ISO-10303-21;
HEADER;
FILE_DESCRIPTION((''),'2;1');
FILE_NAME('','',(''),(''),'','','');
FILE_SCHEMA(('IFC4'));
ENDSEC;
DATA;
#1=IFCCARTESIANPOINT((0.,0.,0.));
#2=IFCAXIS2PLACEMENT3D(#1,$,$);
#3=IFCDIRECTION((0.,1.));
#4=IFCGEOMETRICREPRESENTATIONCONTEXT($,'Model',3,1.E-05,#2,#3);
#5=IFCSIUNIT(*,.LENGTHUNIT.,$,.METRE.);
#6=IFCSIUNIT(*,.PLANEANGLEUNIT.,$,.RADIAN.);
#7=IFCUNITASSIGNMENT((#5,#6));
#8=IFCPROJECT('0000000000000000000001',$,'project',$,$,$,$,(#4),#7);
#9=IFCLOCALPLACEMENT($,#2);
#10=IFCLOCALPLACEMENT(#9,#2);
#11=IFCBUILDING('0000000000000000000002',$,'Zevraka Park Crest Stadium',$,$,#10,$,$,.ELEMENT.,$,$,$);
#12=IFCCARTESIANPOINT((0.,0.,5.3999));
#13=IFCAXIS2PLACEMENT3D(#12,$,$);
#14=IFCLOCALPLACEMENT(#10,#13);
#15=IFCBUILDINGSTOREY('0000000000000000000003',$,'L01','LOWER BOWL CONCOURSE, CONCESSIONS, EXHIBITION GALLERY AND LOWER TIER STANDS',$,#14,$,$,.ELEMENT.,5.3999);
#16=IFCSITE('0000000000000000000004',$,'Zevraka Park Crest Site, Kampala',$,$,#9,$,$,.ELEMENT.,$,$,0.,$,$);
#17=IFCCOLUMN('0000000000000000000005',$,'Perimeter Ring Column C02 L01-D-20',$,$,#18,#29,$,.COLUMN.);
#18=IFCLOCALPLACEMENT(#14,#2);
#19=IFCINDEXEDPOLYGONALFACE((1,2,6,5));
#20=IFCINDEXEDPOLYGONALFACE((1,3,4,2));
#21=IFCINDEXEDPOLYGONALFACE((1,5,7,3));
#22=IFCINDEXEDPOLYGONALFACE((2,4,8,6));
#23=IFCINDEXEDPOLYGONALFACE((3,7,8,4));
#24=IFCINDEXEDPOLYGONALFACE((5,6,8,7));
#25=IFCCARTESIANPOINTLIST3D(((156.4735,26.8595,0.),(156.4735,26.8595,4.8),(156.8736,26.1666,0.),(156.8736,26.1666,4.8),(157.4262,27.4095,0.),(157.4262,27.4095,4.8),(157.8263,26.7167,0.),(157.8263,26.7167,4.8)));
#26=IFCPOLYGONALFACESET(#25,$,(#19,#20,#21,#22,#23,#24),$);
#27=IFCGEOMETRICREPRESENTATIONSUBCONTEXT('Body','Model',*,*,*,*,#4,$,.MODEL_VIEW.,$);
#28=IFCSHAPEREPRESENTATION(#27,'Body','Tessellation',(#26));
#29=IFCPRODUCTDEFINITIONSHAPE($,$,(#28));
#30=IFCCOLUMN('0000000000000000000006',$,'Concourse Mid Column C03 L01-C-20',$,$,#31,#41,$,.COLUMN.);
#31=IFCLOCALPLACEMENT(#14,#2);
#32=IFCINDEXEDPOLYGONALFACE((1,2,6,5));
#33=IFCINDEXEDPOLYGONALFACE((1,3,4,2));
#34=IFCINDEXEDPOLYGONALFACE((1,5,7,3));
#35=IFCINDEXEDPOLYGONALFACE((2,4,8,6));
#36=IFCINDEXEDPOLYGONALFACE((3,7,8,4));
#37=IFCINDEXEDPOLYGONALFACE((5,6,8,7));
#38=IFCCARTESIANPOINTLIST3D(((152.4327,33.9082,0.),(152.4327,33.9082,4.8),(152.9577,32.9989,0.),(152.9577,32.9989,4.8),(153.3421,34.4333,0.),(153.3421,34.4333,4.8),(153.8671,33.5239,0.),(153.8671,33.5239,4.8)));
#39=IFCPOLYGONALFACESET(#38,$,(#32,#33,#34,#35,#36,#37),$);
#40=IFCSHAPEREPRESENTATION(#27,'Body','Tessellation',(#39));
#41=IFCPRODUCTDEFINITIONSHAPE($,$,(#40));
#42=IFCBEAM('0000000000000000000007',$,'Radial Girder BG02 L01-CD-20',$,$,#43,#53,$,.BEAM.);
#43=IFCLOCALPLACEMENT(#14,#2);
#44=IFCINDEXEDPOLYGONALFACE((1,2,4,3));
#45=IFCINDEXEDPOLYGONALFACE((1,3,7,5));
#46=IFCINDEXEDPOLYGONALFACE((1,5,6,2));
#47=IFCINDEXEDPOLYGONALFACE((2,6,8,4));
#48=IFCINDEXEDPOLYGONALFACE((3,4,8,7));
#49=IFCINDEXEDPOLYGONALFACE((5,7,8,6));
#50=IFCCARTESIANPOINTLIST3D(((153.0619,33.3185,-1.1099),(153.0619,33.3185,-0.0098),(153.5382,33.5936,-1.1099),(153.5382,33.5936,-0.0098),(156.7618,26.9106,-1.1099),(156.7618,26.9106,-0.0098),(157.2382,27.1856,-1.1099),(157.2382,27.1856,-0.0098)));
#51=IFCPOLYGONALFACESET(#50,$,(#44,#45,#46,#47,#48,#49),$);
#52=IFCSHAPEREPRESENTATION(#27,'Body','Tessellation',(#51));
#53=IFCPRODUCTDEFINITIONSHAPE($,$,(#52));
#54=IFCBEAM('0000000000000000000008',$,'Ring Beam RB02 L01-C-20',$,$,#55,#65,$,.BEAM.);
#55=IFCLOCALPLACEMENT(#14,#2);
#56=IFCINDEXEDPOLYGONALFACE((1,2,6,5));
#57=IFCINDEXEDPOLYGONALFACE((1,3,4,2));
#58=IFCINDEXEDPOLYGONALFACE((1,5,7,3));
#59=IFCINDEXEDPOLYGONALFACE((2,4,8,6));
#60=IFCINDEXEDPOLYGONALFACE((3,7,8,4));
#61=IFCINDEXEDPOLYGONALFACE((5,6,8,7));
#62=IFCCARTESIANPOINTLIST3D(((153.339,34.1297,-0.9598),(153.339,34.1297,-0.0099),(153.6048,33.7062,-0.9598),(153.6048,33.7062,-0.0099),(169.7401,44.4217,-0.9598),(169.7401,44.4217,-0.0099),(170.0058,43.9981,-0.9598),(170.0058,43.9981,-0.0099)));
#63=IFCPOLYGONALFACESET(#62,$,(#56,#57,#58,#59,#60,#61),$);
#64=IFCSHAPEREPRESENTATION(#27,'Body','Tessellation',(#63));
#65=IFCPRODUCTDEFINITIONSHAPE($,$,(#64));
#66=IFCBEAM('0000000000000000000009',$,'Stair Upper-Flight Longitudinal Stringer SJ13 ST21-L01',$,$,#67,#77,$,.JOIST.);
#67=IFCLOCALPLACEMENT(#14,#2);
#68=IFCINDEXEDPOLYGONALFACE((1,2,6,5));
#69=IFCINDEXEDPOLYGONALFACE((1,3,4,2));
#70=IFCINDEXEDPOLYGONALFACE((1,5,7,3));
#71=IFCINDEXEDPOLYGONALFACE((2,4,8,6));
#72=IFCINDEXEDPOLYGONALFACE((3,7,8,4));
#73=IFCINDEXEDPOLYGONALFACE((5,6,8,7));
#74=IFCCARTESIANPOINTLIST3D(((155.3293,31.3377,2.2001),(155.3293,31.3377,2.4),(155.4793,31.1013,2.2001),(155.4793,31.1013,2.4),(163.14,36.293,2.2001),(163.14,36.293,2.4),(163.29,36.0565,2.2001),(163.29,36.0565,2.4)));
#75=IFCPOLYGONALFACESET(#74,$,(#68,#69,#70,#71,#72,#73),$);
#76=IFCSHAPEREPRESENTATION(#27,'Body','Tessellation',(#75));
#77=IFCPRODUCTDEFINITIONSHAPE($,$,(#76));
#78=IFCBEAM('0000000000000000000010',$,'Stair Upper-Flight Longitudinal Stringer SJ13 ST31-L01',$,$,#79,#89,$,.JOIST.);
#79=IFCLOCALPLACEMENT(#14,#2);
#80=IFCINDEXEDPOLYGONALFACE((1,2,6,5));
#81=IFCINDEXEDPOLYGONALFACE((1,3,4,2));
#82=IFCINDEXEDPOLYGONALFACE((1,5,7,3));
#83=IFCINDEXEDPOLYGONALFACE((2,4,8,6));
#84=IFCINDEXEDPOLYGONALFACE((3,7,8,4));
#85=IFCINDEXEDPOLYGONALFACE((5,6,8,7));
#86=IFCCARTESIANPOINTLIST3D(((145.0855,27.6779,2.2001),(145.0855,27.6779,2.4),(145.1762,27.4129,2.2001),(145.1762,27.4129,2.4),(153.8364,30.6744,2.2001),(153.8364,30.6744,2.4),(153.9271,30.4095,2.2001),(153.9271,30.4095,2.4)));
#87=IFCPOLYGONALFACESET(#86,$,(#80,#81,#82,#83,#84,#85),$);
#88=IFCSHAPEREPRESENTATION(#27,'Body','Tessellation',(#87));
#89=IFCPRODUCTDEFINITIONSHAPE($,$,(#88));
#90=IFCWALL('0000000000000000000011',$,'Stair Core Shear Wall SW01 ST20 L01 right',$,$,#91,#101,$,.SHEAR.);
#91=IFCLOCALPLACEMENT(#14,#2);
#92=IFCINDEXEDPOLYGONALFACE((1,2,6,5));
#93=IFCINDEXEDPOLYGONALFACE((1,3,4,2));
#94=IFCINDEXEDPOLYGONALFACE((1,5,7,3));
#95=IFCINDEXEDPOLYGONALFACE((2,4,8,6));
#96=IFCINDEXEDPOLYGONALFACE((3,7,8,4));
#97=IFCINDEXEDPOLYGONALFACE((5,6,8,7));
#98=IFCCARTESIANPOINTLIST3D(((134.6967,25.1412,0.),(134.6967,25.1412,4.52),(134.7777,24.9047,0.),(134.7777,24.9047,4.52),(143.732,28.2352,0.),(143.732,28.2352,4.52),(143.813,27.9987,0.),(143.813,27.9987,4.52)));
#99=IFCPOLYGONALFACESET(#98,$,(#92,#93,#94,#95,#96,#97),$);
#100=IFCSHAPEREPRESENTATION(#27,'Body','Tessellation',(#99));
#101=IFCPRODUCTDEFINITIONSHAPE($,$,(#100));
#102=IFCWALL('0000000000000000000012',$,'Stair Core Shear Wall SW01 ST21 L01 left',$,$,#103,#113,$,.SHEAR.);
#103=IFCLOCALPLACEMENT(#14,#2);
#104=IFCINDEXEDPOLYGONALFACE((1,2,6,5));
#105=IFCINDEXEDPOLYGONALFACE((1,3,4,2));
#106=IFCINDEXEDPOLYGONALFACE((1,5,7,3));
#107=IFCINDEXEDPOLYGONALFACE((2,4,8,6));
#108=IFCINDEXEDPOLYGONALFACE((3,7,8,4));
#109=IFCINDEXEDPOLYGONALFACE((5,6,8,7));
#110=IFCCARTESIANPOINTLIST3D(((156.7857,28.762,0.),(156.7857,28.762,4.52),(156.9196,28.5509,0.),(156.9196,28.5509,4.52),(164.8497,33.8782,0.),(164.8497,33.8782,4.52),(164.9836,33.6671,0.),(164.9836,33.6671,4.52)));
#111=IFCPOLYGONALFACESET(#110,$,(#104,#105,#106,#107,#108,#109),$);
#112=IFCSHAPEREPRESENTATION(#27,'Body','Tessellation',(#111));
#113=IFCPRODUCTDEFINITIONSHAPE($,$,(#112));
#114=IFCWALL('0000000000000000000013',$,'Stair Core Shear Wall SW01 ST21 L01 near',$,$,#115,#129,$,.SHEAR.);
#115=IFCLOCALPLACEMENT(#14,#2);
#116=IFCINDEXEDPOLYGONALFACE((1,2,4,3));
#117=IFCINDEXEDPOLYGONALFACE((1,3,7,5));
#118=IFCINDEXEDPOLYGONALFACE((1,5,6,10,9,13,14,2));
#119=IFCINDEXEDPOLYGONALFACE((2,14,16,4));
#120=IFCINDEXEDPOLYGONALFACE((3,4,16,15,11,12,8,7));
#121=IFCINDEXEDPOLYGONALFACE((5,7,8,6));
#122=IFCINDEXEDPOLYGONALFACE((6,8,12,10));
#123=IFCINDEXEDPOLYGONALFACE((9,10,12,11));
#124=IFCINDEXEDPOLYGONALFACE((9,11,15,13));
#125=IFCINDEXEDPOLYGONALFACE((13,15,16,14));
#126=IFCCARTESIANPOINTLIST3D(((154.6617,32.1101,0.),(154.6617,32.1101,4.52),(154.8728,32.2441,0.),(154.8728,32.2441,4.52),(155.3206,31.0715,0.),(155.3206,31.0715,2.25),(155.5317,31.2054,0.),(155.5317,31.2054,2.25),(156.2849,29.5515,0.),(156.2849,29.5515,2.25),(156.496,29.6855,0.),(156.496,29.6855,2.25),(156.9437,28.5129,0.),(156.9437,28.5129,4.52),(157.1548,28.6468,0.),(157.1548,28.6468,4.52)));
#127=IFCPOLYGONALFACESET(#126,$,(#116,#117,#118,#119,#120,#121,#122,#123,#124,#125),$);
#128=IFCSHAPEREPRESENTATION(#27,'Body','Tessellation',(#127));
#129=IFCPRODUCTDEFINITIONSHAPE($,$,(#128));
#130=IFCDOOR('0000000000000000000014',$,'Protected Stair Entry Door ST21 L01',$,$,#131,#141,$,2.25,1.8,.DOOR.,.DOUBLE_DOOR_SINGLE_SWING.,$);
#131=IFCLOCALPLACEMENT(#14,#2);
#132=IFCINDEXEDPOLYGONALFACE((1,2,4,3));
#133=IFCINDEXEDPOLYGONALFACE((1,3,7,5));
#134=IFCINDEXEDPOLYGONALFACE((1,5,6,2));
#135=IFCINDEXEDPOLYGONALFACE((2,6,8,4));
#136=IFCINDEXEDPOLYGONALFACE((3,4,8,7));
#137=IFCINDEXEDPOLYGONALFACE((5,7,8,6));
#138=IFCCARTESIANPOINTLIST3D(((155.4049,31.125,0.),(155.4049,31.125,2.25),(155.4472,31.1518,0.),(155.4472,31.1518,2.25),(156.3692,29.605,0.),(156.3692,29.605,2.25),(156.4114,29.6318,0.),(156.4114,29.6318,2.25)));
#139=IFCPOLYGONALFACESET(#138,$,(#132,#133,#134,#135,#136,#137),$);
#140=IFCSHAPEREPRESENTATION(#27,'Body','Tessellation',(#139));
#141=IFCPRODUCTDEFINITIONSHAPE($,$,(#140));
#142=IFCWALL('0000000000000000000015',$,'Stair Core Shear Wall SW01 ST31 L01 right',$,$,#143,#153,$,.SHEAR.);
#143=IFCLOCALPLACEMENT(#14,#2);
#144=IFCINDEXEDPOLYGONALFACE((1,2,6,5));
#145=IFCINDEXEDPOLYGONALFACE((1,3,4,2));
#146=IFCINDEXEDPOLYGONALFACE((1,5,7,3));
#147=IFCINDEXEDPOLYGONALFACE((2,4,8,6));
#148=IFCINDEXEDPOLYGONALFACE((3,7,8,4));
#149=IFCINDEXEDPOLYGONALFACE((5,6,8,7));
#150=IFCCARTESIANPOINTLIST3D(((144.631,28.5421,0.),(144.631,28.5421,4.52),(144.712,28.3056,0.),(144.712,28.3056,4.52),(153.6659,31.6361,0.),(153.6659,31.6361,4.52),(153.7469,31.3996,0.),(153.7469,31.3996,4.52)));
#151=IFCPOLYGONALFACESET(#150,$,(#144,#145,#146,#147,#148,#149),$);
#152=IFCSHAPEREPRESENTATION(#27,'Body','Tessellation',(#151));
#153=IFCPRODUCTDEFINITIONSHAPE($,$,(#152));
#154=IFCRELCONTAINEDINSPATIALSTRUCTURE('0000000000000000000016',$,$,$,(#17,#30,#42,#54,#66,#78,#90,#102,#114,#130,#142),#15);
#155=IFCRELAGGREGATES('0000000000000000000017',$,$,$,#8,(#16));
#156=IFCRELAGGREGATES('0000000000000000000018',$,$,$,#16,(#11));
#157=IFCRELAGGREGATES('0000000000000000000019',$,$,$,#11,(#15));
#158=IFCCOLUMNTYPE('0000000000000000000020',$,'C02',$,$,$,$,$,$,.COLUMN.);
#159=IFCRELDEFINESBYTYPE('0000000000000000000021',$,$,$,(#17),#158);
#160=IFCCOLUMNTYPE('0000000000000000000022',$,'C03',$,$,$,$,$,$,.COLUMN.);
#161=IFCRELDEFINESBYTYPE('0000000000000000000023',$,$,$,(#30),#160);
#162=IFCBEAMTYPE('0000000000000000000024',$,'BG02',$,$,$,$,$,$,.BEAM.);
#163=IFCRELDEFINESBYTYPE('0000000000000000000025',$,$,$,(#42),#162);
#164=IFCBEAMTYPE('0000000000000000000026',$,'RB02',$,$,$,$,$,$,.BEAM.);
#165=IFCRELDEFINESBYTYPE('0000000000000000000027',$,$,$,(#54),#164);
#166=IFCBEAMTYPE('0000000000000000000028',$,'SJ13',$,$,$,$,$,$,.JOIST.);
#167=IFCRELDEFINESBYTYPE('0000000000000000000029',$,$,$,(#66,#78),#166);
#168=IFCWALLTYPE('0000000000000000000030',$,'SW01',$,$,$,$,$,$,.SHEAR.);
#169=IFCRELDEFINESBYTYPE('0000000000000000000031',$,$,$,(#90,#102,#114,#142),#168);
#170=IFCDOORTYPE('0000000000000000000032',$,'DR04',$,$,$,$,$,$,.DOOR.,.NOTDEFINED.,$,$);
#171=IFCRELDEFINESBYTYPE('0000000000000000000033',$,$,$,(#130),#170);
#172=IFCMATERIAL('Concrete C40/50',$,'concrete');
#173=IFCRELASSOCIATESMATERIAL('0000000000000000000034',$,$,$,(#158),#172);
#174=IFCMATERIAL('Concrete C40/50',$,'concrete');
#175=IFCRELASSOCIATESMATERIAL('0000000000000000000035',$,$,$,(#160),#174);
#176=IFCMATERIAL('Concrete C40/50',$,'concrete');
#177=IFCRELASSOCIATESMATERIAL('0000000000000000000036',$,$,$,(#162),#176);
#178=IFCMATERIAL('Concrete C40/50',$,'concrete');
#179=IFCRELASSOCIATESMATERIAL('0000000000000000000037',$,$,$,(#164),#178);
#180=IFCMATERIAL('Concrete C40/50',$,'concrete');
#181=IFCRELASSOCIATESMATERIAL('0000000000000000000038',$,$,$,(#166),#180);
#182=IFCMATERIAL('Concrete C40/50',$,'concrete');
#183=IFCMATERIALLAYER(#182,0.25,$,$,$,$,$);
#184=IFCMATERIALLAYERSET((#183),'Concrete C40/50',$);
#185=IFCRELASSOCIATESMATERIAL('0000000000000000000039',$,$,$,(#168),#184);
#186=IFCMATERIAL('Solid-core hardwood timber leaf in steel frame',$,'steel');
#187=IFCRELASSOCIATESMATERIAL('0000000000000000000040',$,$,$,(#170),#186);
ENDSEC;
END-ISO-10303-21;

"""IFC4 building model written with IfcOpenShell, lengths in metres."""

from ifc_helpers import new_model, si_unit, direction, frame, frame_2d, origin, origin_2d, place, context, subcontext, project, spatial, rectangle, extrude, material, layer, layer_set, material_profile, profile_set, type_object, element, fill, save


model = new_model("IFC4")

# Units and contexts
model_context = context("Model", 3, precision=1e-05, world=origin(), true_north=direction((0.0, 1.0)))
body_context = subcontext(model_context, "Body", "Model", "MODEL_VIEW")
ifc_project = project(units=[si_unit("LENGTHUNIT", "METRE"), si_unit("PLANEANGLEUNIT", "RADIAN")], contexts=[model_context])

# Site, building, storey
site_placement = place(None, origin())
site = spatial("IfcSite", under=ifc_project, at=site_placement, Name="Zevraka Park Crest Site, Kampala", CompositionType="ELEMENT", RefElevation=0.0)
building_placement = place(site_placement, origin())
building = spatial("IfcBuilding", under=site, at=building_placement, Name="Zevraka Park Crest Stadium", CompositionType="ELEMENT")
storey_placement = place(building_placement, frame((0.0, 0.0, 5.3999)))
storey = spatial("IfcBuildingStorey", under=building, at=storey_placement, Name="L01", Description="LOWER BOWL CONCOURSE, CONCESSIONS, EXHIBITION GALLERY AND LOWER TIER STANDS", CompositionType="ELEMENT", Elevation=5.3999)

# Columns
ifc_material_1 = material(Name="Concrete C40/50", Category="concrete")
ifc_material_profile_1 = material_profile(ifc_material_1, rectangle(XDim=0.8, YDim=1.1001, at=origin_2d()), Name="RC 1100x800")
ifc_profile_set_1 = profile_set([ifc_material_profile_1], Name="Concrete C40/50")
column_type_1 = type_object("IfcColumnType", Name="C02", PredefinedType="COLUMN", material=ifc_profile_set_1)
column_1_placement = place(storey_placement, frame((157.1499, 26.7881, 0.0), z_axis=(0.0, 0.0, 1.0), x_axis=(-0.5, 0.866025, 0.0)))
element("IfcColumn", 1, at=column_1_placement, inside=storey, type_object=column_type_1, Name="Perimeter Ring Column C02 L01-D-20", PredefinedType="COLUMN", context=body_context, shape_type="SweptSolid", body=[
    extrude(rectangle(XDim=0.8, YDim=1.1001, at=origin_2d()), origin(), (0.0, 0.0, 1.0), 4.8),
])
ifc_material_2 = material(Name="Concrete C40/50", Category="concrete")
ifc_material_profile_2 = material_profile(ifc_material_2, rectangle(XDim=1.05, YDim=1.05, at=origin_2d()), Name="RC 1050x1050")
ifc_profile_set_2 = profile_set([ifc_material_profile_2], Name="Concrete C40/50")
column_type_2 = type_object("IfcColumnType", Name="C03", PredefinedType="COLUMN", material=ifc_profile_set_2)
column_2_placement = place(storey_placement, frame((153.1499, 33.7161, 0.0), z_axis=(0.0, 0.0, 1.0), x_axis=(-0.5, 0.866025, 0.0)))
element("IfcColumn", 2, at=column_2_placement, inside=storey, type_object=column_type_2, Name="Concourse Mid Column C03 L01-C-20", PredefinedType="COLUMN", context=body_context, shape_type="SweptSolid", body=[
    extrude(rectangle(XDim=1.05, YDim=1.05, at=origin_2d()), origin(), (0.0, 0.0, 1.0), 4.8),
])

# Beams
ifc_material_3 = material(Name="Concrete C40/50", Category="concrete")
ifc_material_profile_3 = material_profile(ifc_material_3, rectangle(XDim=0.55, YDim=1.1001, at=origin_2d()), Name="RC 1100x550")
ifc_profile_set_3 = profile_set([ifc_material_profile_3], Name="Concrete C40/50")
beam_type_1 = type_object("IfcBeamType", Name="BG02", PredefinedType="BEAM", material=ifc_profile_set_3)
beam_1_placement = place(storey_placement, frame((153.3, 33.4561, -0.5598), z_axis=(0.500032, -0.866007, 0.0), x_axis=(0.866007, 0.500032, 0.0)))
element("IfcBeam", 3, at=beam_1_placement, inside=storey, type_object=beam_type_1, Name="Radial Girder BG02 L01-CD-20", PredefinedType="BEAM", context=body_context, shape_type="SweptSolid", body=[
    extrude(rectangle(XDim=0.55, YDim=1.1001, at=origin_2d()), origin(), (0.0, 0.0, 1.0), 7.3994),
])
ifc_material_4 = material(Name="Concrete C40/50", Category="concrete")
ifc_material_profile_4 = material_profile(ifc_material_4, rectangle(XDim=0.5, YDim=0.95, at=origin_2d()), Name="RC 950x500")
ifc_profile_set_4 = profile_set([ifc_material_profile_4], Name="Concrete C40/50")
beam_type_2 = type_object("IfcBeamType", Name="RB02", PredefinedType="BEAM", material=ifc_profile_set_4)
beam_2_placement = place(storey_placement, frame((153.4719, 33.918, -0.4849), z_axis=(0.847039, 0.531532, 0.0), x_axis=(-0.531532, 0.847039, 0.0)))
element("IfcBeam", 4, at=beam_2_placement, inside=storey, type_object=beam_type_2, Name="Ring Beam RB02 L01-C-20", PredefinedType="BEAM", context=body_context, shape_type="SweptSolid", body=[
    extrude(rectangle(XDim=0.5, YDim=0.95, at=origin_2d()), origin(), (0.0, 0.0, 1.0), 19.3628),
])
ifc_material_5 = material(Name="Concrete C40/50", Category="concrete")
ifc_material_profile_5 = material_profile(ifc_material_5, rectangle(XDim=0.28, YDim=0.2, at=origin_2d()), Name="RC 200x280")
ifc_profile_set_5 = profile_set([ifc_material_profile_5], Name="Concrete C40/50")
beam_type_3 = type_object("IfcBeamType", Name="SJ13", PredefinedType="JOIST", material=ifc_profile_set_5)
beam_3_placement = place(storey_placement, frame((155.4043, 31.2195, 2.3), z_axis=(0.844404, 0.535707, 0.0), x_axis=(-0.535707, 0.844404, 0.0)))
element("IfcBeam", 5, at=beam_3_placement, inside=storey, type_object=beam_type_3, Name="Stair Upper-Flight Longitudinal Stringer SJ13 ST21-L01", PredefinedType="JOIST", context=body_context, shape_type="SweptSolid", body=[
    extrude(rectangle(XDim=0.28, YDim=0.2, at=origin_2d()), origin(), (0.0, 0.0, 1.0), 9.25),
])
beam_4_placement = place(storey_placement, frame((145.1309, 27.5454, 2.3), z_axis=(0.94607, 0.323961, 0.0), x_axis=(-0.323961, 0.94607, 0.0)))
element("IfcBeam", 6, at=beam_4_placement, inside=storey, type_object=beam_type_3, Name="Stair Upper-Flight Longitudinal Stringer SJ13 ST31-L01", PredefinedType="JOIST", context=body_context, shape_type="SweptSolid", body=[
    extrude(rectangle(XDim=0.28, YDim=0.2, at=origin_2d()), origin(), (0.0, 0.0, 1.0), 9.2498),
])

# Walls
ifc_material_6 = material(Name="Concrete C40/50", Category="concrete")
ifc_layer = layer(ifc_material_6, 0.25)
ifc_layer_set = layer_set([ifc_layer], Name="Concrete C40/50")
wall_type = type_object("IfcWallType", Name="SW01", PredefinedType="SHEAR", material=ifc_layer_set)
wall_1_placement = place(storey_placement, frame((143.7725, 28.1169, 0.0), z_axis=(0.0, 0.0, 1.0), x_axis=(-0.946067, -0.323971, 0.0)))
element("IfcWall", 7, at=wall_1_placement, inside=storey, type_object=wall_type, Name="Stair Core Shear Wall SW01 ST20 L01 right", PredefinedType="SHEAR", context=body_context, shape_type="SweptSolid", body=[
    extrude(rectangle(XDim=9.5503, YDim=0.25, at=frame_2d((4.7751, 0.0))), origin(), (0.0, 0.0, 1.0), 4.52),
])
wall_2_placement = place(storey_placement, frame((156.8528, 28.6565, 0.0), z_axis=(0.0, 0.0, 1.0), x_axis=(0.844391, 0.535727, 0.0)))
element("IfcWall", 8, at=wall_2_placement, inside=storey, type_object=wall_type, Name="Stair Core Shear Wall SW01 ST21 L01 left", PredefinedType="SHEAR", context=body_context, shape_type="SweptSolid", body=[
    extrude(rectangle(XDim=9.55, YDim=0.25, at=frame_2d((4.7749, 0.0))), origin(), (0.0, 0.0, 1.0), 4.52),
])

# Wall, opening, door
wall_3_placement = place(storey_placement, frame((154.7673, 32.177, 0.0), z_axis=(0.0, 0.0, 1.0), x_axis=(0.535685, -0.844418, 0.0)))
wall_3 = element("IfcWall", 9, at=wall_3_placement, inside=storey, type_object=wall_type, Name="Stair Core Shear Wall SW01 ST21 L01 near", PredefinedType="SHEAR", context=body_context, shape_type="SweptSolid", body=[
    extrude(rectangle(XDim=4.26, YDim=0.25, at=frame_2d((2.1299, 0.0))), origin(), (0.0, 0.0, 1.0), 4.52),
])
opening_1_placement = place(wall_3_placement, frame((1.23, 0.0, 0.0)))
opening_1 = element("IfcOpeningElement", 10, at=opening_1_placement, cuts=wall_3, PredefinedType="OPENING", context=body_context, shape_type="SweptSolid", body=[
    extrude(rectangle(XDim=1.8, YDim=2.25, at=frame_2d((0.8999, 1.125))), frame((0.0, 0.135, 0.0), z_axis=(0.0, -1.0, 0.0), x_axis=(1.0, 0.0, 0.0)), (0.0, 0.0, 1.0), 0.27),
])
ifc_material_7 = material(Name="Solid-core hardwood timber leaf in steel frame", Category="steel")
door_type = type_object("IfcDoorType", Name="DR04", OperationType="NOTDEFINED", PredefinedType="DOOR", material=ifc_material_7)
door_1_placement = place(opening_1_placement, origin())
door_1 = element("IfcDoor", 11, at=door_1_placement, inside=storey, type_object=door_type, Name="Protected Stair Entry Door ST21 L01", OperationType="DOUBLE_DOOR_SINGLE_SWING", OverallHeight=2.25, OverallWidth=1.8, PredefinedType="DOOR", context=body_context, shape_type="SweptSolid", body=[
    extrude(rectangle(XDim=1.8, YDim=2.25, at=frame_2d((0.8999, 1.125))), frame((0.0, 0.0249, 0.0), z_axis=(0.0, -1.0, 0.0), x_axis=(1.0, 0.0, 0.0)), (0.0, 0.0, 1.0), 0.05),
])
fill(opening_1, door_1)

# Wall
wall_4_placement = place(storey_placement, frame((153.7063, 31.5178, 0.0), z_axis=(0.0, 0.0, 1.0), x_axis=(-0.946064, -0.323979, 0.0)))
element("IfcWall", 12, at=wall_4_placement, inside=storey, type_object=wall_type, Name="Stair Core Shear Wall SW01 ST31 L01 right", PredefinedType="SHEAR", context=body_context, shape_type="SweptSolid", body=[
    extrude(rectangle(XDim=9.55, YDim=0.25, at=frame_2d((4.7749, 0.0))), origin(), (0.0, 0.0, 1.0), 4.52),
])

save(model, "model.ifc")
